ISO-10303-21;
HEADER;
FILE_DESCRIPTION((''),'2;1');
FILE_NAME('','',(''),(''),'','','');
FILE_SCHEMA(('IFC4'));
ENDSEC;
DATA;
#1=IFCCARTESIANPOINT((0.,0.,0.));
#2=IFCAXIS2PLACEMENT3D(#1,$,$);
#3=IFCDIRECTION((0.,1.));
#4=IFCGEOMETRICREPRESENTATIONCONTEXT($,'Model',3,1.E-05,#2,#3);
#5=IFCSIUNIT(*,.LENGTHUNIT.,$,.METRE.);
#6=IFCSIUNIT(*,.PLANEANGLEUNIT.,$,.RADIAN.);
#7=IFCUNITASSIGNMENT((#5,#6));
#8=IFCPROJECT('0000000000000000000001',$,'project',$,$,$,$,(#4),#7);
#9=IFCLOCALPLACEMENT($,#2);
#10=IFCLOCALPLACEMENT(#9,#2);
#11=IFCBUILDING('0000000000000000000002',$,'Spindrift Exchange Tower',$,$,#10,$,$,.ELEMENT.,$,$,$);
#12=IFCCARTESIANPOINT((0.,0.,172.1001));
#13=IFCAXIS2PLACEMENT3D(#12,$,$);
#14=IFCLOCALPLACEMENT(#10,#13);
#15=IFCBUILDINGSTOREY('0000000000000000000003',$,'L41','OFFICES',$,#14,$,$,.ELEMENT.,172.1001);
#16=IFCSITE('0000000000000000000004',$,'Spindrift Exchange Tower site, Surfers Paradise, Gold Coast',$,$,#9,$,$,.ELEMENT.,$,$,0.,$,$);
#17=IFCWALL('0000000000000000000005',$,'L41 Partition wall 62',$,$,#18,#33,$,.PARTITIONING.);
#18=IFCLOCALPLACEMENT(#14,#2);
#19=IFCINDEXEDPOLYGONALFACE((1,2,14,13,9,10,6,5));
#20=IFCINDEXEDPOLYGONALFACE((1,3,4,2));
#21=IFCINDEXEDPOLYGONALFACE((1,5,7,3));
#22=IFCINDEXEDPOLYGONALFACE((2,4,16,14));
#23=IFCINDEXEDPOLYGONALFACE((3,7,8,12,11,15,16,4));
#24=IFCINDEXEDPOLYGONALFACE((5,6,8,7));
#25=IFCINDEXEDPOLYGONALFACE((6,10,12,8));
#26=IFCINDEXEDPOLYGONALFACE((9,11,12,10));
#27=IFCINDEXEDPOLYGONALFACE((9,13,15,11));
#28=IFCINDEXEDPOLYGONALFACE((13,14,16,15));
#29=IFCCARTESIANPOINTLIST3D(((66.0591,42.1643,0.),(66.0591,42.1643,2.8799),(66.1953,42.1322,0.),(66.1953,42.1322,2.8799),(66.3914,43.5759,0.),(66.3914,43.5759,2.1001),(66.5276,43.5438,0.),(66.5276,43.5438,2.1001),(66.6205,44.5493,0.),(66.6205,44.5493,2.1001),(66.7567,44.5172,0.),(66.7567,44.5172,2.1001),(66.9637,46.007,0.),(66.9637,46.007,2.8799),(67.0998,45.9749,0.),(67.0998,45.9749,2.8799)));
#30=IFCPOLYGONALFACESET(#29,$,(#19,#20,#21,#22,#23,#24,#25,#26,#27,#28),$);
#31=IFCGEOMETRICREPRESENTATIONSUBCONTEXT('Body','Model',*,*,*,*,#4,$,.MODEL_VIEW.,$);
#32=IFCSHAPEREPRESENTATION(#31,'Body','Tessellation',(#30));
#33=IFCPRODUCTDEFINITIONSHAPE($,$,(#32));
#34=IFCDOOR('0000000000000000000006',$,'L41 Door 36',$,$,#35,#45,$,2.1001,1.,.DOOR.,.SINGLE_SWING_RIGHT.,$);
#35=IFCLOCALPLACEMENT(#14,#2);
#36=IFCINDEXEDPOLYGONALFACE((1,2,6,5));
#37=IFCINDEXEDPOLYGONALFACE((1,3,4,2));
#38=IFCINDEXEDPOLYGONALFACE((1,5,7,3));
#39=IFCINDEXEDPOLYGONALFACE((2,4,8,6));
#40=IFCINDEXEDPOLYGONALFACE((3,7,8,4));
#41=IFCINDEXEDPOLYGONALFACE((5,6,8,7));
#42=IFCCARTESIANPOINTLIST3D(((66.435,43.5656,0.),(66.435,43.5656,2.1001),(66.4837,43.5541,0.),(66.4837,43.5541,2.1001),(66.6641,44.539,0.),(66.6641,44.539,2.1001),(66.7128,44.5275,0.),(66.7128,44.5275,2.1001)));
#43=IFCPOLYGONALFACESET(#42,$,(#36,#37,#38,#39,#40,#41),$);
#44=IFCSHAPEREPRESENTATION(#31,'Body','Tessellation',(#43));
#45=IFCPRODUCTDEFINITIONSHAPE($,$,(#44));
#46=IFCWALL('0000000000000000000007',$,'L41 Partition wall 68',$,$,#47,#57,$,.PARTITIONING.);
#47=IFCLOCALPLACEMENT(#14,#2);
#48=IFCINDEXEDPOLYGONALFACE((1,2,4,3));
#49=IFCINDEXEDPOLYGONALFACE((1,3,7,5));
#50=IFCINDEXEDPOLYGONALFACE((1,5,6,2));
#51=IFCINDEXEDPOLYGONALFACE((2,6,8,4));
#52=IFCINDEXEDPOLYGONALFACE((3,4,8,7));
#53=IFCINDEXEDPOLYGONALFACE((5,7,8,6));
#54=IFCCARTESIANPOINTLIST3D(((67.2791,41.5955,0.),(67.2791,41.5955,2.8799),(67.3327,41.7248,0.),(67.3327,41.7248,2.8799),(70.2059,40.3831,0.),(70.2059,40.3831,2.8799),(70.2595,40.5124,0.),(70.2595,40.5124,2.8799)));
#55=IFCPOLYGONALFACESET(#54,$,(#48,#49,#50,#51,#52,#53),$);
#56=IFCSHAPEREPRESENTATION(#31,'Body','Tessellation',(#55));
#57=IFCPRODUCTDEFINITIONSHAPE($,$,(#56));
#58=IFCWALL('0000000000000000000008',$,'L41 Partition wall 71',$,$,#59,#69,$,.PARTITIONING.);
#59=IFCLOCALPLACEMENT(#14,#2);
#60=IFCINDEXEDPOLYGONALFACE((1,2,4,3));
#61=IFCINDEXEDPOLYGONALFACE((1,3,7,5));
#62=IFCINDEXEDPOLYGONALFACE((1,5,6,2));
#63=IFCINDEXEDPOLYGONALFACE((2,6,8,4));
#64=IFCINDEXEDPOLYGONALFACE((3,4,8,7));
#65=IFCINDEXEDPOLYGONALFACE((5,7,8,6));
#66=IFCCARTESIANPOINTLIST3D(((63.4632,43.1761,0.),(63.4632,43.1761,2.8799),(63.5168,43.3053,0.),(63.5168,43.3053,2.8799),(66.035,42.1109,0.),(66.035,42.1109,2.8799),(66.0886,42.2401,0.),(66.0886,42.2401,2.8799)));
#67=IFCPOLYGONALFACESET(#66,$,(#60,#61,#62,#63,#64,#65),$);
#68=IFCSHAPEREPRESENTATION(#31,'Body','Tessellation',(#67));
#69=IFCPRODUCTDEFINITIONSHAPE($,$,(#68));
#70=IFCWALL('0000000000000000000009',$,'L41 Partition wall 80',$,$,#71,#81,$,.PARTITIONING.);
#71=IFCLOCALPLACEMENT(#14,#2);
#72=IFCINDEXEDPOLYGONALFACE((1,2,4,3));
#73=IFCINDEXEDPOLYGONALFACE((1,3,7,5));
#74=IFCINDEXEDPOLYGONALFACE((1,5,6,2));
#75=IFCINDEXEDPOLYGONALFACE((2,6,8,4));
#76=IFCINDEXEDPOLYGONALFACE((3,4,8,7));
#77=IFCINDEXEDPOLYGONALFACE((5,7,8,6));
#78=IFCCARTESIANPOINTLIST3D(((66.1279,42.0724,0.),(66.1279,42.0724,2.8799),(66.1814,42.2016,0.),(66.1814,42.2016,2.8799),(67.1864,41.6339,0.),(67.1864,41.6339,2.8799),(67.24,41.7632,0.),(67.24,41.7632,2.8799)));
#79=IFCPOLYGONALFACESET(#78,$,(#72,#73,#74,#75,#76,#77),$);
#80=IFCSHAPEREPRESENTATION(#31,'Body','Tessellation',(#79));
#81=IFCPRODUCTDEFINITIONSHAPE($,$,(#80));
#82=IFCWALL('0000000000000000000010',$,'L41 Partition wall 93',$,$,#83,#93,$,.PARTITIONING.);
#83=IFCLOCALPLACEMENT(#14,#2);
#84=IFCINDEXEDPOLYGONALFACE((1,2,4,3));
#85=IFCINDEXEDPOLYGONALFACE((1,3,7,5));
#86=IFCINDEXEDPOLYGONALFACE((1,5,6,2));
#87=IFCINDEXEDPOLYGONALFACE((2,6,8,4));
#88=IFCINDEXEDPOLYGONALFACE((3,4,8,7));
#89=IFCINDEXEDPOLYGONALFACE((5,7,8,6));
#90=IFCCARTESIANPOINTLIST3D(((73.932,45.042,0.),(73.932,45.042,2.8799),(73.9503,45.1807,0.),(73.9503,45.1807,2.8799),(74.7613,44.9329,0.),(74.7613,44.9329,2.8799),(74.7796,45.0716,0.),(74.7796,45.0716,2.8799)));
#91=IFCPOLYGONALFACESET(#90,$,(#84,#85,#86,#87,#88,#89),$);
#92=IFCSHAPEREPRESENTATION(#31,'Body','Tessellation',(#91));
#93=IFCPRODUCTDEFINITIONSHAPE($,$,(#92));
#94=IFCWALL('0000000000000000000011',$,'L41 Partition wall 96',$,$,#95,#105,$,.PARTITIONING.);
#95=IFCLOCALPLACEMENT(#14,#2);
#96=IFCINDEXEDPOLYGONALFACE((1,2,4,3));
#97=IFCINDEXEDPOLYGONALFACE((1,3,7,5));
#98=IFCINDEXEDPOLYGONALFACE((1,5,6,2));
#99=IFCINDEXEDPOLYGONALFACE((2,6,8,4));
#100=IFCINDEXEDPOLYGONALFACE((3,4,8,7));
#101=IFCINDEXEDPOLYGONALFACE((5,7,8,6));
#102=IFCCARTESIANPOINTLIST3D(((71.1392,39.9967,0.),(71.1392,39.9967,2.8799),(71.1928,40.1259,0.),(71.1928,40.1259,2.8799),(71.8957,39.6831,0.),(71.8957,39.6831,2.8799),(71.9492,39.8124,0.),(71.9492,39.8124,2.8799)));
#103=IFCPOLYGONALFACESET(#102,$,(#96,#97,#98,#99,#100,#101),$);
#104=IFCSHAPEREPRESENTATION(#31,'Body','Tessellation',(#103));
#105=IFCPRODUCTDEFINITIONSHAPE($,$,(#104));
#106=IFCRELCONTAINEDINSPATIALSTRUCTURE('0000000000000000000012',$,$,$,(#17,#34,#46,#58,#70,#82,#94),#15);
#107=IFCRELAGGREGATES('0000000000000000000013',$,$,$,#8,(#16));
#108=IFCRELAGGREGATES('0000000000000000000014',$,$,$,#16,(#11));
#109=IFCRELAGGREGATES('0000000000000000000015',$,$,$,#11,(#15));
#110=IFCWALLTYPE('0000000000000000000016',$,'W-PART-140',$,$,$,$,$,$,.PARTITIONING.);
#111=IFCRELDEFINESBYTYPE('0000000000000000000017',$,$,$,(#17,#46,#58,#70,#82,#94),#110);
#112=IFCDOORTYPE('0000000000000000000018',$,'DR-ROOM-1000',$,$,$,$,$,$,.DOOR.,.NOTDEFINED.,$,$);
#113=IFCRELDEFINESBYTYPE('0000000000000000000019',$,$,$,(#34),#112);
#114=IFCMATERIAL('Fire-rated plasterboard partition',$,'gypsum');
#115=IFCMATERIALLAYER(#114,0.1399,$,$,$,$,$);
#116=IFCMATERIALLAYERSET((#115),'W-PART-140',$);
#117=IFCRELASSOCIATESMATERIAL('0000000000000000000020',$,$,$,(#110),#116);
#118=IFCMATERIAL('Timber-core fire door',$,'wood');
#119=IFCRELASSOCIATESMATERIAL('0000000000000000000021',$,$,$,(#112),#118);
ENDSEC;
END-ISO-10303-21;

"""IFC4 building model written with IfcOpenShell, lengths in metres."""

from ifc_helpers import new_model, si_unit, direction, frame, frame_2d, origin, place, context, subcontext, project, spatial, rectangle, extrude, source, transform, mapped, material, layer, layer_set, type_object, element, fill, save


model = new_model("IFC4")

# Units and contexts
model_context = context("Model", 3, precision=1e-05, world=origin(), true_north=direction((0.0, 1.0)))
body_context = subcontext(model_context, "Body", "Model", "MODEL_VIEW")
ifc_project = project(units=[si_unit("LENGTHUNIT", "METRE"), si_unit("PLANEANGLEUNIT", "RADIAN")], contexts=[model_context])

# Site, building, storey
site_placement = place(None, origin())
site = spatial("IfcSite", under=ifc_project, at=site_placement, Name="Spindrift Exchange Tower site, Surfers Paradise, Gold Coast", CompositionType="ELEMENT", RefElevation=0.0)
building_placement = place(site_placement, origin())
building = spatial("IfcBuilding", under=site, at=building_placement, Name="Spindrift Exchange Tower", CompositionType="ELEMENT")
storey_placement = place(building_placement, frame((0.0, 0.0, 172.1001)))
storey = spatial("IfcBuildingStorey", under=building, at=storey_placement, Name="L41", Description="OFFICES", CompositionType="ELEMENT", Elevation=172.1001)

# Shared definitions
ifc_material_1 = material(Name="Fire-rated plasterboard partition", Category="gypsum")
ifc_layer_1 = layer(ifc_material_1, 0.1399)
ifc_layer_set_1 = layer_set([ifc_layer_1], Name="W-PART-140")
wall_type = type_object("IfcWallType", Name="W-PART-140", PredefinedType="PARTITIONING", material=ifc_layer_set_1)

# Wall, opening, door
ifc_material_2 = material(Name="Timber-core fire door", Category="wood")
door_type = type_object("IfcDoorType", Name="DR-ROOM-1000", OperationType="NOTDEFINED", PredefinedType="DOOR", material=ifc_material_2)
shared_shape_1 = source(origin(), body_context, "Body", "SweptSolid", [
    extrude(rectangle(XDim=1.0, YDim=2.1001, at=frame_2d((0.5, 1.05))), frame((0.0, 0.0249, 0.0), z_axis=(0.0, -1.0, 0.0), x_axis=(1.0, 0.0, 0.0)), (0.0, 0.0, 1.0), 0.05),
])
wall_1_placement = place(storey_placement, frame((67.0317, 45.991, 0.0), z_axis=(0.0, 0.0, 1.0), x_axis=(-0.229126, -0.973397, 0.0)))
wall_1 = element("IfcWall", 1, at=wall_1_placement, inside=storey, type_object=wall_type, Name="L41 Partition wall 62", PredefinedType="PARTITIONING", context=body_context, shape_type="SweptSolid", body=[
    extrude(rectangle(XDim=3.9478, YDim=0.1399, at=frame_2d((1.9739, 0.0))), origin(), (0.0, 0.0, 1.0), 2.8799),
])
opening_1_placement = place(wall_1_placement, frame((1.4976, 0.0, 0.0)))
opening_1 = element("IfcOpeningElement", 2, at=opening_1_placement, cuts=wall_1, PredefinedType="OPENING", context=body_context, shape_type="SweptSolid", body=[
    extrude(rectangle(XDim=1.0, YDim=2.1001, at=frame_2d((0.5, 1.05))), frame((0.0, 0.0798, 0.0), z_axis=(0.0, -1.0, 0.0), x_axis=(1.0, 0.0, 0.0)), (0.0, 0.0, 1.0), 0.1599),
])
door_1_placement = place(opening_1_placement, origin())
door_1 = element("IfcDoor", 3, at=door_1_placement, inside=storey, type_object=door_type, Name="L41 Door 36", OperationType="SINGLE_SWING_RIGHT", OverallHeight=2.1001, OverallWidth=1.0, PredefinedType="DOOR", context=body_context, shape_type="MappedRepresentation", body=[
    mapped(shared_shape_1, transform((0.0, 0.0, 0.0), scale=1.0)),
])
fill(opening_1, door_1)

# Walls
wall_2_placement = place(storey_placement, frame((67.3059, 41.6602, 0.0), z_axis=(0.0, 0.0, 1.0), x_axis=(0.923868, -0.38271, 0.0)))
element("IfcWall", 4, at=wall_2_placement, inside=storey, type_object=wall_type, Name="L41 Partition wall 68", PredefinedType="PARTITIONING", context=body_context, shape_type="SweptSolid", body=[
    extrude(rectangle(XDim=3.168, YDim=0.1399, at=frame_2d((1.584, 0.0))), origin(), (0.0, 0.0, 1.0), 2.8799),
])
wall_3_placement = place(storey_placement, frame((63.49, 43.2407, 0.0), z_axis=(0.0, 0.0, 1.0), x_axis=(0.92389, -0.382659, 0.0)))
element("IfcWall", 5, at=wall_3_placement, inside=storey, type_object=wall_type, Name="L41 Partition wall 71", PredefinedType="PARTITIONING", context=body_context, shape_type="SweptSolid", body=[
    extrude(rectangle(XDim=2.7837, YDim=0.1399, at=frame_2d((1.3918, 0.0))), origin(), (0.0, 0.0, 1.0), 2.8799),
])
wall_4_placement = place(storey_placement, frame((66.1548, 42.137, 0.0), z_axis=(0.0, 0.0, 1.0), x_axis=(0.923882, -0.382678, 0.0)))
element("IfcWall", 6, at=wall_4_placement, inside=storey, type_object=wall_type, Name="L41 Partition wall 80", PredefinedType="PARTITIONING", context=body_context, shape_type="SweptSolid", body=[
    extrude(rectangle(XDim=1.1458, YDim=0.1399, at=frame_2d((0.5728, 0.0))), origin(), (0.0, 0.0, 1.0), 2.8799),
])
wall_5_placement = place(storey_placement, frame((73.9412, 45.1113, 0.0), z_axis=(0.0, 0.0, 1.0), x_axis=(0.991453, -0.130462, 0.0)))
element("IfcWall", 7, at=wall_5_placement, inside=storey, type_object=wall_type, Name="L41 Partition wall 93", PredefinedType="PARTITIONING", context=body_context, shape_type="SweptSolid", body=[
    extrude(rectangle(XDim=0.8364, YDim=0.1399, at=frame_2d((0.4182, 0.0))), origin(), (0.0, 0.0, 1.0), 2.8799),
])
wall_6_placement = place(storey_placement, frame((71.166, 40.0613, 0.0), z_axis=(0.0, 0.0, 1.0), x_axis=(0.923799, -0.382878, 0.0)))
element("IfcWall", 8, at=wall_6_placement, inside=storey, type_object=wall_type, Name="L41 Partition wall 96", PredefinedType="PARTITIONING", context=body_context, shape_type="SweptSolid", body=[
    extrude(rectangle(XDim=0.8188, YDim=0.1399, at=frame_2d((0.4094, 0.0))), origin(), (0.0, 0.0, 1.0), 2.8799),
])

save(model, "model.ifc")
